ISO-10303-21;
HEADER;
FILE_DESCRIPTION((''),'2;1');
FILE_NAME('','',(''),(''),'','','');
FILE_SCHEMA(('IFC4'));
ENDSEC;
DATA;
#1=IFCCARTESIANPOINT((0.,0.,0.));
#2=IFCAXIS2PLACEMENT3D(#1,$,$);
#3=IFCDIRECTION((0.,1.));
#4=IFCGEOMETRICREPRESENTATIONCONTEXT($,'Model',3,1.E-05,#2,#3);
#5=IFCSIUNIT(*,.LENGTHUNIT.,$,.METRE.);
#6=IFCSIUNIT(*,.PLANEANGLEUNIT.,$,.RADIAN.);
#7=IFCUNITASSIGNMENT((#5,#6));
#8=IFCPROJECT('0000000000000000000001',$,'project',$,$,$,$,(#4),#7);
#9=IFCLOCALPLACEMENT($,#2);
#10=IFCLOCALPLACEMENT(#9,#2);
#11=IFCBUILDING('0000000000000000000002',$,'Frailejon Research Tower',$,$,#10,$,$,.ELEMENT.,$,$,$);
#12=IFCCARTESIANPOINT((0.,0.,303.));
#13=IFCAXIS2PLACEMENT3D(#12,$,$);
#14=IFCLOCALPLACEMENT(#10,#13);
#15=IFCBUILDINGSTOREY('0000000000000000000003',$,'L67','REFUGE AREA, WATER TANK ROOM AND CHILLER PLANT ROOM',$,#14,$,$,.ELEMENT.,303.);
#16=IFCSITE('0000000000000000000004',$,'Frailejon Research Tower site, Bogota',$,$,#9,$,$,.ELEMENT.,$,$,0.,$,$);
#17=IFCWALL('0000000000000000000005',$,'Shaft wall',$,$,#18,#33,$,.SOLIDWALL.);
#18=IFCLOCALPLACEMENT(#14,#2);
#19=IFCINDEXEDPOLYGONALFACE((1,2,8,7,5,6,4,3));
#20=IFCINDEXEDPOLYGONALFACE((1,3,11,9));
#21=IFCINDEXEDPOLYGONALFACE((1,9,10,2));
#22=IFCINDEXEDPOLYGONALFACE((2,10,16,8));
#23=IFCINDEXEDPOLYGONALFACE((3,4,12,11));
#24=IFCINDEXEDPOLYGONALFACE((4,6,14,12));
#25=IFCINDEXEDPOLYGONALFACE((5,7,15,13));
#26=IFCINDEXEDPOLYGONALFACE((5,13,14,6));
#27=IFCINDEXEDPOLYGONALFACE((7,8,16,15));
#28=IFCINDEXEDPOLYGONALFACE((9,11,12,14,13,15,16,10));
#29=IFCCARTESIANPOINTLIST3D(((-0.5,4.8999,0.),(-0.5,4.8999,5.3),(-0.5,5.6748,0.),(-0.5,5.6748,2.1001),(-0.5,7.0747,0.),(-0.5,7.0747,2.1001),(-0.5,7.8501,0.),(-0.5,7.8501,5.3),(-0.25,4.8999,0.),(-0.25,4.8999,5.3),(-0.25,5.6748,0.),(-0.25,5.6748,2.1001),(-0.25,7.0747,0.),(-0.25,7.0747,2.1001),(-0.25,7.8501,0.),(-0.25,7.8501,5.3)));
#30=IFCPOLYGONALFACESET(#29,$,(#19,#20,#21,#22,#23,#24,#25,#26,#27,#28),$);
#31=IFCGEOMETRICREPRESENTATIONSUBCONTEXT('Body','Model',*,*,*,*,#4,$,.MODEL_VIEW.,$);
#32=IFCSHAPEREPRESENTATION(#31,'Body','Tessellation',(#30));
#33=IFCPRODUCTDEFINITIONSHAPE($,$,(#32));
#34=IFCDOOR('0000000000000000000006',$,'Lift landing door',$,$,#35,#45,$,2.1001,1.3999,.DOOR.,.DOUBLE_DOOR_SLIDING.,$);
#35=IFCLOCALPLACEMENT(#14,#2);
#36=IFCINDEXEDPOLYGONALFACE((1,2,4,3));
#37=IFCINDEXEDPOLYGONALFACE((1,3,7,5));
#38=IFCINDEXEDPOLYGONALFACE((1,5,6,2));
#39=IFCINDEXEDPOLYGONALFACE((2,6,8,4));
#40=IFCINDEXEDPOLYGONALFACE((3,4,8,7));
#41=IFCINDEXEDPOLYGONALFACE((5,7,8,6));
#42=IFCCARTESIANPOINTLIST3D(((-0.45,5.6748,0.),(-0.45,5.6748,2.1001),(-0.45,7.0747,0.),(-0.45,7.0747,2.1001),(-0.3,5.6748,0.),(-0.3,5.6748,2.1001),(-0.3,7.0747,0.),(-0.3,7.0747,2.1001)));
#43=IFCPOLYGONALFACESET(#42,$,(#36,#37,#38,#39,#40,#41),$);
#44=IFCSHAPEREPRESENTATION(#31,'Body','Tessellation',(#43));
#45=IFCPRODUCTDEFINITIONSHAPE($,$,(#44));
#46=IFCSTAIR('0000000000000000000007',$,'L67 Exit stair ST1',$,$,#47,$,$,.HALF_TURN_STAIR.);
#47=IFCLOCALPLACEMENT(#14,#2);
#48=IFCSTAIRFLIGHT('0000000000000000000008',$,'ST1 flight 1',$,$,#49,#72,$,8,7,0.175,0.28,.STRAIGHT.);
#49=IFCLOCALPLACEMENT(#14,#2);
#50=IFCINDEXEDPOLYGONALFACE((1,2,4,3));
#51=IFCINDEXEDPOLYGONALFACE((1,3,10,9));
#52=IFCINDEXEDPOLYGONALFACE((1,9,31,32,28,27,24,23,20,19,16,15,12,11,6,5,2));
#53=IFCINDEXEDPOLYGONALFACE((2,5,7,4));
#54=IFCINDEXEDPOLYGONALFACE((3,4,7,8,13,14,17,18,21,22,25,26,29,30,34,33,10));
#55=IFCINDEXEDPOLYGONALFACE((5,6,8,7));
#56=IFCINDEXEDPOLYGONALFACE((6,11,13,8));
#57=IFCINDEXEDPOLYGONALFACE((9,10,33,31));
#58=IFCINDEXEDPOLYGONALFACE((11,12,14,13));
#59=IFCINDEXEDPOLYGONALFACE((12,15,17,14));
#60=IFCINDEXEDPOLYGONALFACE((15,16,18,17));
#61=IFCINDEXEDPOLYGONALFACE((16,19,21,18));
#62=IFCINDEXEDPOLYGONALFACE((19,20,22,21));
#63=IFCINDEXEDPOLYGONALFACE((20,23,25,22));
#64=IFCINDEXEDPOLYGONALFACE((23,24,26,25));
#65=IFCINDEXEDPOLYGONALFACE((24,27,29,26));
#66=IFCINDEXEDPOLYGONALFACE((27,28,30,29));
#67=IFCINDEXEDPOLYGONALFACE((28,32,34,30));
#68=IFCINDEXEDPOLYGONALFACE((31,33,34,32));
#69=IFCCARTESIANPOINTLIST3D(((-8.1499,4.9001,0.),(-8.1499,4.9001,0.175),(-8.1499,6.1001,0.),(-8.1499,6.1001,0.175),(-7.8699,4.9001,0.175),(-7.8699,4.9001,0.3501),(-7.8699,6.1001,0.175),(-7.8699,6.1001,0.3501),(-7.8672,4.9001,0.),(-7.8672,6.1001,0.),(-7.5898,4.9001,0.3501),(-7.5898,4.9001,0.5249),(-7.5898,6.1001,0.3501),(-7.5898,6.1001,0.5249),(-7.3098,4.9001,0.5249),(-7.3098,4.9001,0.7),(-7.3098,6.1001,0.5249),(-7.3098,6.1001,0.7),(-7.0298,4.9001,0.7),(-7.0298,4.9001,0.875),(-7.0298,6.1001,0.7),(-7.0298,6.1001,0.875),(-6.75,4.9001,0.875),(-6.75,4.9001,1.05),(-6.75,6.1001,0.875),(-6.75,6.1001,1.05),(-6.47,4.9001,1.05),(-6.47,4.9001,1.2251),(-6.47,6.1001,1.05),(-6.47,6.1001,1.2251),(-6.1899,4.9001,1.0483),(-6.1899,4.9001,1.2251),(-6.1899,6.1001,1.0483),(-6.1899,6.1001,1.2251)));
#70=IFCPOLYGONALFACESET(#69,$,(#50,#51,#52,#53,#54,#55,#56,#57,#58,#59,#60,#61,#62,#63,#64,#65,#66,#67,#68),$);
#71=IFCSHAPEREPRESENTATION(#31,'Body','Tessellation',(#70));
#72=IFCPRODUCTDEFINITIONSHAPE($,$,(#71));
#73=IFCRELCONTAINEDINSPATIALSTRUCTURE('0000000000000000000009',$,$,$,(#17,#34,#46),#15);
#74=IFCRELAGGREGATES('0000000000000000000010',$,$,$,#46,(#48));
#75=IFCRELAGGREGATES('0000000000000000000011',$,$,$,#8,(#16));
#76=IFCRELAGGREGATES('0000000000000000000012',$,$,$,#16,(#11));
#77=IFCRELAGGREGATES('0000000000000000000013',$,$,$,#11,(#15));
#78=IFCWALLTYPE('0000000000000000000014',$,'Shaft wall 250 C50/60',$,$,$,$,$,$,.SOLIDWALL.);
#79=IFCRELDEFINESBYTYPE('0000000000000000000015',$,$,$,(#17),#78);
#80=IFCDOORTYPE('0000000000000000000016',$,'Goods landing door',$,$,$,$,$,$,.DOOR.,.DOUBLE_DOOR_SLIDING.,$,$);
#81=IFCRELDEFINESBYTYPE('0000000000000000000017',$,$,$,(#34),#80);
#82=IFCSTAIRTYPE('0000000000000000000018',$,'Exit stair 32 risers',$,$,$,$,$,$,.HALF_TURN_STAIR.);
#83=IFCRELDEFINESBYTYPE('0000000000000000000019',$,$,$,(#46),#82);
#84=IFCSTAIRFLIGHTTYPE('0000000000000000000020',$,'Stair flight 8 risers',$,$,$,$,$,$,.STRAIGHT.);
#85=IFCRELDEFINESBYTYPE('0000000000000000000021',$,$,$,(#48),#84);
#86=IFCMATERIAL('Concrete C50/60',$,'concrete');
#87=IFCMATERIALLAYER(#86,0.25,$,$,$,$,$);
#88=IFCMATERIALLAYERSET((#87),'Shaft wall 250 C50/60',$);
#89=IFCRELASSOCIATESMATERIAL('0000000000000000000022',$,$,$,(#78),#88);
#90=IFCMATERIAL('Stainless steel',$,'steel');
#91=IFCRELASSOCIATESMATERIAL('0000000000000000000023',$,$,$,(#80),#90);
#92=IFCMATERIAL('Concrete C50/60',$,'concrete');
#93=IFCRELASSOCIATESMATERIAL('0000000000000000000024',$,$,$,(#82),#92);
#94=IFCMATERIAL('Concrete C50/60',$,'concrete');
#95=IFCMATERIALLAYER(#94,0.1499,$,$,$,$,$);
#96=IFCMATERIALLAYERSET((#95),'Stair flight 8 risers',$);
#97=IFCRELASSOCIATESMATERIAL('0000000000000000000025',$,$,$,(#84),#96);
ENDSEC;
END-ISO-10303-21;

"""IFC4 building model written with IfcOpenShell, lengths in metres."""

from ifc_helpers import new_model, si_unit, direction, frame, frame_2d, origin, place, context, subcontext, project, spatial, polyline, rectangle, outline, extrude, material, layer, layer_set, type_object, element, fill, aggregate, save


model = new_model("IFC4")

# Units and contexts
model_context = context("Model", 3, precision=1e-05, world=origin(), true_north=direction((0.0, 1.0)))
body_context = subcontext(model_context, "Body", "Model", "MODEL_VIEW")
ifc_project = project(units=[si_unit("LENGTHUNIT", "METRE"), si_unit("PLANEANGLEUNIT", "RADIAN")], contexts=[model_context])

# Site, building, storey
site_placement = place(None, origin())
site = spatial("IfcSite", under=ifc_project, at=site_placement, Name="Frailejon Research Tower site, Bogota", CompositionType="ELEMENT", RefElevation=0.0)
building_placement = place(site_placement, origin())
building = spatial("IfcBuilding", under=site, at=building_placement, Name="Frailejon Research Tower", CompositionType="ELEMENT")
storey_placement = place(building_placement, frame((0.0, 0.0, 303.0)))
storey = spatial("IfcBuildingStorey", under=building, at=storey_placement, Name="L67", Description="REFUGE AREA, WATER TANK ROOM AND CHILLER PLANT ROOM", CompositionType="ELEMENT", Elevation=303.0)

# Shared definitions
ifc_material_1 = material(Name="Concrete C50/60", Category="concrete")
ifc_layer_1 = layer(ifc_material_1, 0.25)
ifc_layer_set_1 = layer_set([ifc_layer_1], Name="Shaft wall 250 C50/60")
wall_type_1 = type_object("IfcWallType", Name="Shaft wall 250 C50/60", PredefinedType="SOLIDWALL", material=ifc_layer_set_1)

# Wall, opening, door
wall_1_placement = place(storey_placement, frame((-0.375, 4.8999, 0.0), z_axis=(0.0, 0.0, 1.0), x_axis=(0.0, 1.0, 0.0)))
wall_1 = element("IfcWall", 1, at=wall_1_placement, inside=storey, type_object=wall_type_1, Name="Shaft wall", PredefinedType="SOLIDWALL", context=body_context, shape_type="SweptSolid", body=[
    extrude(rectangle(XDim=2.9502, YDim=0.25, at=frame_2d((1.4751, 0.0))), origin(), (0.0, 0.0, 1.0), 5.3),
])
opening_1_placement = place(wall_1_placement, frame((0.7749, 0.0, 0.0)))
opening_1 = element("IfcOpeningElement", 2, at=opening_1_placement, cuts=wall_1, PredefinedType="OPENING", context=body_context, shape_type="SweptSolid", body=[
    extrude(rectangle(XDim=1.3999, YDim=2.1001, at=frame_2d((0.7, 1.05))), frame((0.0, 0.135, 0.0), z_axis=(0.0, -1.0, 0.0), x_axis=(1.0, 0.0, 0.0)), (0.0, 0.0, 1.0), 0.27),
])
ifc_material_2 = material(Name="Stainless steel", Category="steel")
door_type_1 = type_object("IfcDoorType", Name="Goods landing door", OperationType="DOUBLE_DOOR_SLIDING", PredefinedType="DOOR", material=ifc_material_2)
door_1_placement = place(opening_1_placement, origin())
door_1 = element("IfcDoor", 3, at=door_1_placement, inside=storey, type_object=door_type_1, Name="Lift landing door", OperationType="DOUBLE_DOOR_SLIDING", OverallHeight=2.1001, OverallWidth=1.3999, PredefinedType="DOOR", context=body_context, shape_type="SweptSolid", body=[
    extrude(rectangle(XDim=1.3999, YDim=2.1001, at=frame_2d((0.7, 1.05))), frame((0.0, 0.075, 0.0), z_axis=(0.0, -1.0, 0.0), x_axis=(1.0, 0.0, 0.0)), (0.0, 0.0, 1.0), 0.1499),
])
fill(opening_1, door_1)

# Stair, stair flight
ifc_material_3 = material(Name="Concrete C50/60", Category="concrete")
stair_type = type_object("IfcStairType", Name="Exit stair 32 risers", PredefinedType="HALF_TURN_STAIR", material=ifc_material_3)
stair_placement = place(storey_placement, origin())
stair = element("IfcStair", 4, at=stair_placement, inside=storey, type_object=stair_type, Name="L67 Exit stair ST1", PredefinedType="HALF_TURN_STAIR")
ifc_material_4 = material(Name="Concrete C50/60", Category="concrete")
ifc_layer_2 = layer(ifc_material_4, 0.1499)
ifc_layer_set_2 = layer_set([ifc_layer_2], Name="Stair flight 8 risers")
stair_flight_type = type_object("IfcStairFlightType", Name="Stair flight 8 risers", PredefinedType="STRAIGHT", material=ifc_layer_set_2)
stair_flight_placement = place(storey_placement, frame((-8.1499, 5.5, 0.0), z_axis=(0.0, 0.0, 1.0), x_axis=(1.0, 0.0, 0.0)))
stair_flight = element("IfcStairFlight", 5, at=stair_flight_placement, type_object=stair_flight_type, Name="ST1 flight 1", NumberOfRisers=8, NumberOfTreads=7, PredefinedType="STRAIGHT", RiserHeight=0.175, TreadLength=0.28, context=body_context, shape_type="SweptSolid", body=[
    extrude(outline(polyline([(0.0, 0.0), (0.0, 0.175), (0.28, 0.175), (0.28, 0.3501), (0.5601, 0.3501), (0.5601, 0.5249), (0.8401, 0.5249), (0.8401, 0.7), (1.1201, 0.7), (1.1201, 0.875), (1.3999, 0.875), (1.3999, 1.05), (1.6799, 1.05), (1.6799, 1.2251), (1.96, 1.2251), (1.96, 1.3999), (1.96, 1.0483), (0.2827, 0.0), (0.0, 0.0)])), frame((0.0, 0.6001, 0.0), z_axis=(0.0, -1.0, 0.0), x_axis=(1.0, 0.0, 0.0)), (0.0, 0.0, 1.0), 1.2),
])
aggregate(stair, [stair_flight])

save(model, "model.ifc")
